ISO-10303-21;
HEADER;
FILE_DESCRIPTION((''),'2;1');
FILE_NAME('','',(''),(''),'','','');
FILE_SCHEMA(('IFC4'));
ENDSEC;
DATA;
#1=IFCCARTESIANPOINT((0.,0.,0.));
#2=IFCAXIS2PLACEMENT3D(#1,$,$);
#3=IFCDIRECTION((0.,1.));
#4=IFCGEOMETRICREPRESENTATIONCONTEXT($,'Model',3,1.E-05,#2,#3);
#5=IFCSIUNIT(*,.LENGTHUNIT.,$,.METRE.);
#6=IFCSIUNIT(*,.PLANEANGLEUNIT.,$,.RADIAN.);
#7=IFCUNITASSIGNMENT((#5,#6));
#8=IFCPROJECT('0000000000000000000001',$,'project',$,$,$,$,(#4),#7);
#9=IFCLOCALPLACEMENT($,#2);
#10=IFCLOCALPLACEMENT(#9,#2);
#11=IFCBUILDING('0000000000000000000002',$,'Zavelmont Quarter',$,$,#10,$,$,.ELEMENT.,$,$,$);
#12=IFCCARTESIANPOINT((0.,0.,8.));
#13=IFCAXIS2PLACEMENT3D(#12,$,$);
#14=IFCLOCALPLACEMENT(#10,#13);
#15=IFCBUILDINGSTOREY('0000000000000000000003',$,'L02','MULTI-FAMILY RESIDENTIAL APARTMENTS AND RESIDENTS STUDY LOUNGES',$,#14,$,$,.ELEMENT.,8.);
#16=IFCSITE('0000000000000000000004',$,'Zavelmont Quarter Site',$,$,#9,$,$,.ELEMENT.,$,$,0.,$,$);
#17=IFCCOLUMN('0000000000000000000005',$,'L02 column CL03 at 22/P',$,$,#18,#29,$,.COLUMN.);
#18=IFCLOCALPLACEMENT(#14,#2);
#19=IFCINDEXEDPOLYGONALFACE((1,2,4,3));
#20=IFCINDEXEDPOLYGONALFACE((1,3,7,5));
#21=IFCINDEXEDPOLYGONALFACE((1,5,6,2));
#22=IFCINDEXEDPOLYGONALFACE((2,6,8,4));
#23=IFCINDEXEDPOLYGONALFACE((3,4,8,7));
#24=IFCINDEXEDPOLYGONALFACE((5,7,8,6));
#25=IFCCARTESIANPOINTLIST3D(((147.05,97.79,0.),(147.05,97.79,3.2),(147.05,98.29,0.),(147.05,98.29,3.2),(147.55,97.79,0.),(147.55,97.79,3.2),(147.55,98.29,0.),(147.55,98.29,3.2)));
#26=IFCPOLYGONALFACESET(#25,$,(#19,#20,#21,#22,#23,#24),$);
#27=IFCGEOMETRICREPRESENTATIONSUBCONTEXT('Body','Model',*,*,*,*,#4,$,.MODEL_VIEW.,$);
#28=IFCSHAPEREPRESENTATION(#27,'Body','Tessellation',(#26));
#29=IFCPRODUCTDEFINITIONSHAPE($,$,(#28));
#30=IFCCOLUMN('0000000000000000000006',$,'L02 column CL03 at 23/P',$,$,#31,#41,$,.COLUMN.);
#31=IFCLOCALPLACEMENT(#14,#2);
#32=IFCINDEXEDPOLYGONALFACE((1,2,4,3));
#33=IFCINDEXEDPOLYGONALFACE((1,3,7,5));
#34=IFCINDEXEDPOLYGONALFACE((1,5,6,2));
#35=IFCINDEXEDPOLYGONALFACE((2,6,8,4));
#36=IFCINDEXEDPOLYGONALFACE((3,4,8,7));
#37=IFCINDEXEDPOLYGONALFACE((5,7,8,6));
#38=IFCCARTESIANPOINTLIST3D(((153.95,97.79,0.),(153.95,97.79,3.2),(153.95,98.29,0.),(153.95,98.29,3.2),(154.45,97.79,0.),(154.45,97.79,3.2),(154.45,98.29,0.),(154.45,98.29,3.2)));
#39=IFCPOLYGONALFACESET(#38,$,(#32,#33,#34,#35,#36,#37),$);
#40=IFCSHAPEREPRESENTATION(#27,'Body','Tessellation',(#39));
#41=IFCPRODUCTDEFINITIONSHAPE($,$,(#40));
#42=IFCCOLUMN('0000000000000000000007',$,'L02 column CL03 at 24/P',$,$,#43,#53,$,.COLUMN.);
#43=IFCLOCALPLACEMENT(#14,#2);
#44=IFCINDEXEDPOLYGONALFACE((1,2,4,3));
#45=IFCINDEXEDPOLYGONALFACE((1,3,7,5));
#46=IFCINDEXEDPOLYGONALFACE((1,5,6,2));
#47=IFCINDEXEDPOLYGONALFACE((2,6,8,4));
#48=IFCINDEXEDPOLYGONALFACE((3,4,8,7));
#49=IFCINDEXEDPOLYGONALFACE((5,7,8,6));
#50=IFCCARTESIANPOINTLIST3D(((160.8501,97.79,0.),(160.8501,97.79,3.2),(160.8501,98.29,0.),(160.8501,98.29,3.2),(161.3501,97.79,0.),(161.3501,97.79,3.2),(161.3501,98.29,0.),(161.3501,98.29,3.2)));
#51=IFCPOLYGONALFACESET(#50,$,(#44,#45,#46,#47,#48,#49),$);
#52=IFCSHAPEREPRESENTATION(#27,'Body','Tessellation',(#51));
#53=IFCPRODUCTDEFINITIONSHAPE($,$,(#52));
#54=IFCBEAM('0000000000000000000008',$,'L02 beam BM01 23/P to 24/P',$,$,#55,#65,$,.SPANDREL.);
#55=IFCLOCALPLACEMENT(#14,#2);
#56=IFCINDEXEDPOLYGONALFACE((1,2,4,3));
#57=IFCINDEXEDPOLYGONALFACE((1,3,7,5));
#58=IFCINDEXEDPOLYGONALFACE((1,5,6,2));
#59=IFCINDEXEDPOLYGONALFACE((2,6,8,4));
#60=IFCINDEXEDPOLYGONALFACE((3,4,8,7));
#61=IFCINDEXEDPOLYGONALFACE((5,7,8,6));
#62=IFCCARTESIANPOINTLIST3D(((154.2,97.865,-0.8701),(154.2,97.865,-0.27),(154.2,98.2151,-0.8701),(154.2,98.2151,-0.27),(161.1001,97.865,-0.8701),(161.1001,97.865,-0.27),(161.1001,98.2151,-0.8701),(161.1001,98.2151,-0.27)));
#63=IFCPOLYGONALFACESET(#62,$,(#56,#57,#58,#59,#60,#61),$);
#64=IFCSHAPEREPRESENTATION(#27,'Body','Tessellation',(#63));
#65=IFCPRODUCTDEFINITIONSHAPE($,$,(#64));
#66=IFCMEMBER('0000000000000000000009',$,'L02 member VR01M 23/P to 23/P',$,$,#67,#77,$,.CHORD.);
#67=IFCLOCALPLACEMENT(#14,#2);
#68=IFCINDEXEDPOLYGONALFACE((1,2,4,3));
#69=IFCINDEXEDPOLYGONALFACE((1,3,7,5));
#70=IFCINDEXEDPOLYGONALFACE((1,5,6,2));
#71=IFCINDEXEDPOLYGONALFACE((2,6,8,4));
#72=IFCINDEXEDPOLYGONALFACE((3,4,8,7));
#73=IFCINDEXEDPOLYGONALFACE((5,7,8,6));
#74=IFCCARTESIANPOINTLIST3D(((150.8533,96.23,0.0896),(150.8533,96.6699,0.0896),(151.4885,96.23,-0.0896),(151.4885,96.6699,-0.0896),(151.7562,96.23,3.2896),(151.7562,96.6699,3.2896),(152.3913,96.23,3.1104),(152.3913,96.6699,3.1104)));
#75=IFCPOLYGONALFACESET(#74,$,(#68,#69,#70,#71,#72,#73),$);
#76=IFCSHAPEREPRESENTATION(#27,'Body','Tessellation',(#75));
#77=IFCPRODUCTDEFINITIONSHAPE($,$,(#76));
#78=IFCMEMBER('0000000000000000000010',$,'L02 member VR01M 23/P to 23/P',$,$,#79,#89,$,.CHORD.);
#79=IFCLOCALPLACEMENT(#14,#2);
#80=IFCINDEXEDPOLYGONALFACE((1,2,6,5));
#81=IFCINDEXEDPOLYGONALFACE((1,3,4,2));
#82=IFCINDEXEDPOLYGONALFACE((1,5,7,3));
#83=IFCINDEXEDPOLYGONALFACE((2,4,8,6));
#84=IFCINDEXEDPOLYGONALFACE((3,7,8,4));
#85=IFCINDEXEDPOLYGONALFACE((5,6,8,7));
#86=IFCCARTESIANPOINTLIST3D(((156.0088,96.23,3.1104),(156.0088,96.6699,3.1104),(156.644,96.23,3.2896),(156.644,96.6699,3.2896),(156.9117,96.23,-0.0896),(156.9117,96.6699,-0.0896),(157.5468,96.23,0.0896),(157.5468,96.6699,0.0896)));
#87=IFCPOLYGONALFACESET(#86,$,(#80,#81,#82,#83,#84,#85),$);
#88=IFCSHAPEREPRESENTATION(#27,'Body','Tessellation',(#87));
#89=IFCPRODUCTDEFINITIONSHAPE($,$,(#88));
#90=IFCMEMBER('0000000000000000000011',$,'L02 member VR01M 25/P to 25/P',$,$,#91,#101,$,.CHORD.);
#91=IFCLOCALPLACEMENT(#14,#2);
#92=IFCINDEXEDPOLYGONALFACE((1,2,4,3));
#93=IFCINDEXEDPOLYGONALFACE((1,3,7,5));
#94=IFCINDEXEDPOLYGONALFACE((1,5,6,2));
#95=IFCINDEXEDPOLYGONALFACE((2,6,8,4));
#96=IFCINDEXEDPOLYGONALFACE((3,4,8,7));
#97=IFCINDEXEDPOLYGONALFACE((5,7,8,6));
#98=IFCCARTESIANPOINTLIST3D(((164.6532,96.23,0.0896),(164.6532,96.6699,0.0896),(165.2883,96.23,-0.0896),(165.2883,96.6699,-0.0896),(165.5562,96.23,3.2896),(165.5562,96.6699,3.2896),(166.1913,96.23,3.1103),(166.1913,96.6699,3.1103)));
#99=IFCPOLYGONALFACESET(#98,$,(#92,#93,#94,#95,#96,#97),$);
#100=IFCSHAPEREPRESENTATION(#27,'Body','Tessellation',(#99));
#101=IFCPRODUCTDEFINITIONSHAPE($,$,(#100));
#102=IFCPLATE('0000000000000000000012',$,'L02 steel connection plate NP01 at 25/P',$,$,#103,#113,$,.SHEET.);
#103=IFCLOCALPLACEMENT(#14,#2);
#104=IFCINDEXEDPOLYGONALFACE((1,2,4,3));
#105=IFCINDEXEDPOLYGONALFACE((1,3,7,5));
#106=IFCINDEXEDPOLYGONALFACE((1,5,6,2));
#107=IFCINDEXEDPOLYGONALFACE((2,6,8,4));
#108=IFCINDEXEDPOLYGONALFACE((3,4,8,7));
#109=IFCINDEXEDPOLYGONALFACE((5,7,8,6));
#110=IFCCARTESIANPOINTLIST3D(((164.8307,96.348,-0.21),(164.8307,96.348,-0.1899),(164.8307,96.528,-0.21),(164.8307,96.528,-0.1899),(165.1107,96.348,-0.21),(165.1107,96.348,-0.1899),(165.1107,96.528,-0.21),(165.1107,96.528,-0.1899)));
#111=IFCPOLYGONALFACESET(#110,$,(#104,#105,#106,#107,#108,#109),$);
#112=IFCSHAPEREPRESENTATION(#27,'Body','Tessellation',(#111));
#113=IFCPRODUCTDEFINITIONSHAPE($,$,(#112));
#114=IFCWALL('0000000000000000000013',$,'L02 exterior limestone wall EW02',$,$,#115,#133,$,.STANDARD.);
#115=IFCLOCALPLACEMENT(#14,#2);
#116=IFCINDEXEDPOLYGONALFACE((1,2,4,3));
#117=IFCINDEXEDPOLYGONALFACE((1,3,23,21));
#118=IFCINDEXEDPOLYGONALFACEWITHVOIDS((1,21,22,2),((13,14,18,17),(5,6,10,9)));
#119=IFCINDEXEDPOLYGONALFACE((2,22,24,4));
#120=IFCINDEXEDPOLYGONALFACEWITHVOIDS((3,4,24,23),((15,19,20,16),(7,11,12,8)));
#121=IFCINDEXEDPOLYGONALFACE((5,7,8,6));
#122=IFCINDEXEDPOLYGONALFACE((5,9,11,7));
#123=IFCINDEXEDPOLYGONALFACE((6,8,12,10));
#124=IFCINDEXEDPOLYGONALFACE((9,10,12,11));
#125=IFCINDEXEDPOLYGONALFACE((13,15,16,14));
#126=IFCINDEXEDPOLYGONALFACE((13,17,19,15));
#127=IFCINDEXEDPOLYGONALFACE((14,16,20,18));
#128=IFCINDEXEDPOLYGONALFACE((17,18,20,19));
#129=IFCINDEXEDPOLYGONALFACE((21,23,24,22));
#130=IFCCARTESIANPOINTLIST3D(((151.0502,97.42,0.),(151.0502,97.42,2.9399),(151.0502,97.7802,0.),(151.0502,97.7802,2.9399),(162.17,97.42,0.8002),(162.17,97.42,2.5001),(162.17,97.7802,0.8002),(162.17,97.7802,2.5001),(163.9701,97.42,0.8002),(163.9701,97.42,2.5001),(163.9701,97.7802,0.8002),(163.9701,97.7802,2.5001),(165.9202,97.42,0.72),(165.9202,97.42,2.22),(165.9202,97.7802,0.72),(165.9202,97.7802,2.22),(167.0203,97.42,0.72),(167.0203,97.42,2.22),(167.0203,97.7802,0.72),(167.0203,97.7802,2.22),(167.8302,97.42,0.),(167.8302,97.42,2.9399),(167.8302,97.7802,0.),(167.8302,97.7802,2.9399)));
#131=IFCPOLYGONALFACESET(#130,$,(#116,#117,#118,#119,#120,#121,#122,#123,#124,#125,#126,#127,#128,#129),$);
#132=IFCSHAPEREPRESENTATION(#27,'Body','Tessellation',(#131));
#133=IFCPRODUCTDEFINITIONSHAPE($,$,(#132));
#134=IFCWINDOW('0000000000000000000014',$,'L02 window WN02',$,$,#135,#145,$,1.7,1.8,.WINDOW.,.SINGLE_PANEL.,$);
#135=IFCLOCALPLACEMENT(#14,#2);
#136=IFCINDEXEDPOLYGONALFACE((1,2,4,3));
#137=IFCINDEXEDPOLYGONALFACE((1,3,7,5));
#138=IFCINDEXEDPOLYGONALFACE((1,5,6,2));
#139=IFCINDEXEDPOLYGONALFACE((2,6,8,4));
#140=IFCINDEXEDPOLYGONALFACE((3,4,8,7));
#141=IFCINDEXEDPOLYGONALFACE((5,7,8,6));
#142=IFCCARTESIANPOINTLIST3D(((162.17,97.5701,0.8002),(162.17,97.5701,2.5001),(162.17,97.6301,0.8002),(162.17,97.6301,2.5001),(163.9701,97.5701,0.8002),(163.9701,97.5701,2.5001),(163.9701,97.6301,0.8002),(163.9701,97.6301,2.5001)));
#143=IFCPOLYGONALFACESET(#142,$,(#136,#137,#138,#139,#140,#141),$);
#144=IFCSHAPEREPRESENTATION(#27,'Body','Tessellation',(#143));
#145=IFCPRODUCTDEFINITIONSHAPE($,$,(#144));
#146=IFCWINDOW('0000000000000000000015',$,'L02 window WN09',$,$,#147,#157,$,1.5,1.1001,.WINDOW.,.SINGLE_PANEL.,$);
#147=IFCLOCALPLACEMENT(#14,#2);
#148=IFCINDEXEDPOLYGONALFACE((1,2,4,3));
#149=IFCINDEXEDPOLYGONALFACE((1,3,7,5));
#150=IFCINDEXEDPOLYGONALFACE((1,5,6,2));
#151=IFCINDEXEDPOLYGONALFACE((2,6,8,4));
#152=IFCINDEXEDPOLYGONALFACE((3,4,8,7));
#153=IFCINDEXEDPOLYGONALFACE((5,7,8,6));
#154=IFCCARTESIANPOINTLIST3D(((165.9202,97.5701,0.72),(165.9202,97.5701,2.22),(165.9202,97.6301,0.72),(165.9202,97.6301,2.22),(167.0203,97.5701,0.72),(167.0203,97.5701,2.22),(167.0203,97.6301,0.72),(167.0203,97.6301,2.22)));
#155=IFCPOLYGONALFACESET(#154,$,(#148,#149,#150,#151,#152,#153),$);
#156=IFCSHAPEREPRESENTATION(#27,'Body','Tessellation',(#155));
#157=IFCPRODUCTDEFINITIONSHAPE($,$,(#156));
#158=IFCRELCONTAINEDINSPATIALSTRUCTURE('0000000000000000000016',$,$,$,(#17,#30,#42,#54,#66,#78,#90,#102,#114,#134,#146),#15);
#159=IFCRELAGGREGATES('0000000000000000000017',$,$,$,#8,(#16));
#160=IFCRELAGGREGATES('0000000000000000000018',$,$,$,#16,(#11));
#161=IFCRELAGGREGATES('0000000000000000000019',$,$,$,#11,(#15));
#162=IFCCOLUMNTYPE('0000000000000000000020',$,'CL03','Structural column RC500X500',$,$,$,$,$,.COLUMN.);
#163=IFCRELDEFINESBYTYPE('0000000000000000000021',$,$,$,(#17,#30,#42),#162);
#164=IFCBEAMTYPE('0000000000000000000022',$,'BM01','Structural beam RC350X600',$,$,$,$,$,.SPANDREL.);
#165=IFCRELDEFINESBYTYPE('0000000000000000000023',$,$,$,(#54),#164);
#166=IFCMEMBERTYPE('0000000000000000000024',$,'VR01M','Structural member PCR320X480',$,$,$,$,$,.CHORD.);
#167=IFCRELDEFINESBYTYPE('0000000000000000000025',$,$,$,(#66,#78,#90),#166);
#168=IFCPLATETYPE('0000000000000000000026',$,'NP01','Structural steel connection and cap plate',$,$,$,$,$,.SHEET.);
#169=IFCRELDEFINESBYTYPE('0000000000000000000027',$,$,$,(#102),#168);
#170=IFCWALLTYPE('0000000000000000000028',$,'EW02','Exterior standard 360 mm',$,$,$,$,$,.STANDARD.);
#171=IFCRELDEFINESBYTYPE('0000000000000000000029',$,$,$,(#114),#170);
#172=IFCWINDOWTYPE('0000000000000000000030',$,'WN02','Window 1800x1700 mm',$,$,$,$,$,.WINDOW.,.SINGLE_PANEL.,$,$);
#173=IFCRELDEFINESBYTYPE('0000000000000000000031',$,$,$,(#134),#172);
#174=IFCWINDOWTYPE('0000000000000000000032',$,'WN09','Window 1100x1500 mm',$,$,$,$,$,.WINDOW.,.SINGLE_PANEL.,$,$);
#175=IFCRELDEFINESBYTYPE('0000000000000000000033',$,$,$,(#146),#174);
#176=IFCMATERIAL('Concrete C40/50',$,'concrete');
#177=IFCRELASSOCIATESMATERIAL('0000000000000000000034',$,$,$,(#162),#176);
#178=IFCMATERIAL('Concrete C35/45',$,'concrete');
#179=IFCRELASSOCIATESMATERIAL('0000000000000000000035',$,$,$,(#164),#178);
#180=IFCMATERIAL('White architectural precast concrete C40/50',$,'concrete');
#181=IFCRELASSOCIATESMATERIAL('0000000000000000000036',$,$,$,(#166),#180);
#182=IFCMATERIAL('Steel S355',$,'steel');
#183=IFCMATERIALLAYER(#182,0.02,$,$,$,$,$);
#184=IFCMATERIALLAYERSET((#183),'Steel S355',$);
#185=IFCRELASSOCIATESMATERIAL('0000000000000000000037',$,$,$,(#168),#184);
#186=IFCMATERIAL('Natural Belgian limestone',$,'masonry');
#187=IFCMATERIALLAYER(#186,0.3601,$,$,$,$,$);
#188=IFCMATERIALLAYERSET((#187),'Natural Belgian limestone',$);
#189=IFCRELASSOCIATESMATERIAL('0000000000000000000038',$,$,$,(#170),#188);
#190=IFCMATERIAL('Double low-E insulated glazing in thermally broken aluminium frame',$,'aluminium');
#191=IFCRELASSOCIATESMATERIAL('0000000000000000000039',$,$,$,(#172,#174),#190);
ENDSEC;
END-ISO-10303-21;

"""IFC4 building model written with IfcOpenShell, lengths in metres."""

from ifc_helpers import new_model, si_unit, direction, frame, frame_2d, origin, origin_with_axes, origin_2d, place, context, subcontext, project, spatial, rectangle, extrude, material, layer, layer_set, material_profile, profile_set, type_object, element, fill, save


model = new_model("IFC4")

# Units and contexts
model_context = context("Model", 3, precision=1e-05, world=origin(), true_north=direction((0.0, 1.0)))
body_context = subcontext(model_context, "Body", "Model", "MODEL_VIEW")
ifc_project = project(units=[si_unit("LENGTHUNIT", "METRE"), si_unit("PLANEANGLEUNIT", "RADIAN")], contexts=[model_context])

# Site, building, storey
site_placement = place(None, origin())
site = spatial("IfcSite", under=ifc_project, at=site_placement, Name="Zavelmont Quarter Site", CompositionType="ELEMENT", RefElevation=0.0)
building_placement = place(site_placement, origin())
building = spatial("IfcBuilding", under=site, at=building_placement, Name="Zavelmont Quarter", CompositionType="ELEMENT")
storey_placement = place(building_placement, frame((0.0, 0.0, 8.0)))
storey = spatial("IfcBuildingStorey", under=building, at=storey_placement, Name="L02", Description="MULTI-FAMILY RESIDENTIAL APARTMENTS AND RESIDENTS STUDY LOUNGES", CompositionType="ELEMENT", Elevation=8.0)

# Columns
ifc_material_1 = material(Name="Concrete C40/50", Category="concrete")
ifc_material_profile_1 = material_profile(ifc_material_1, rectangle(XDim=0.5, YDim=0.5, at=origin_2d()), Name="RC500X500")
ifc_profile_set_1 = profile_set([ifc_material_profile_1], Name="Concrete C40/50")
column_type = type_object("IfcColumnType", Name="CL03", Description="Structural column RC500X500", PredefinedType="COLUMN", material=ifc_profile_set_1)
for number, where, z_axis, x_axis, name in (
    (1, (147.3, 98.04, 0.0), (0.0, 0.0, 1.0), (1.0, 0.0, 0.0), "L02 column CL03 at 22/P"),
    (2, (154.2, 98.04, 0.0), (0.0, 0.0, 1.0), (1.0, 0.0, 0.0), "L02 column CL03 at 23/P"),
    (3, (161.1001, 98.04, 0.0), (0.0, 0.0, 1.0), (1.0, 0.0, 0.0), "L02 column CL03 at 24/P"),
):
    element("IfcColumn", number, at=place(storey_placement, frame(where, z_axis=z_axis, x_axis=x_axis)), inside=storey, type_object=column_type, Name=name, PredefinedType="COLUMN", context=body_context, shape_type="SweptSolid", body=[
        extrude(rectangle(XDim=0.5, YDim=0.5, at=origin_2d()), origin(), (0.0, 0.0, 1.0), 3.2),
    ])

# Beam
ifc_material_2 = material(Name="Concrete C35/45", Category="concrete")
ifc_material_profile_2 = material_profile(ifc_material_2, rectangle(XDim=0.3501, YDim=0.6001, at=origin_2d()), Name="RC350X600")
ifc_profile_set_2 = profile_set([ifc_material_profile_2], Name="Concrete C35/45")
beam_type = type_object("IfcBeamType", Name="BM01", Description="Structural beam RC350X600", PredefinedType="SPANDREL", material=ifc_profile_set_2)
beam_placement = place(storey_placement, frame((154.2, 98.04, -0.5701), z_axis=(1.0, 0.0, 0.0), x_axis=(0.0, 1.0, 0.0)))
element("IfcBeam", 4, at=beam_placement, inside=storey, type_object=beam_type, Name="L02 beam BM01 23/P to 24/P", PredefinedType="SPANDREL", context=body_context, shape_type="SweptSolid", body=[
    extrude(rectangle(XDim=0.3501, YDim=0.6001, at=origin_2d()), origin(), (0.0, 0.0, 1.0), 6.9001),
])

# Members
ifc_material_3 = material(Name="White architectural precast concrete C40/50", Category="concrete")
ifc_material_profile_3 = material_profile(ifc_material_3, rectangle(XDim=0.4399, YDim=0.6599, at=origin_2d()), Name="PCR320X480")
ifc_profile_set_3 = profile_set([ifc_material_profile_3], Name="White architectural precast concrete C40/50")
member_type = type_object("IfcMemberType", Name="VR01M", Description="Structural member PCR320X480", PredefinedType="CHORD", material=ifc_profile_set_3)
for number, where, z_axis, x_axis, name in (
    (5, (151.1709, 96.45, 0.0), (0.271539, 0.0, 0.962428), (0.0, 1.0, 0.0), "L02 member VR01M 23/P to 23/P"),
    (6, (157.2292, 96.45, 0.0), (-0.271539, 0.0, 0.962428), (0.0, -1.0, 0.0), "L02 member VR01M 23/P to 23/P"),
    (7, (164.9707, 96.45, 0.0), (0.271607, 0.0, 0.962408), (0.0, 1.0, 0.0), "L02 member VR01M 25/P to 25/P"),
):
    element("IfcMember", number, at=place(storey_placement, frame(where, z_axis=z_axis, x_axis=x_axis)), inside=storey, type_object=member_type, Name=name, PredefinedType="CHORD", context=body_context, shape_type="SweptSolid", body=[
        extrude(rectangle(XDim=0.4399, YDim=0.6599, at=origin_2d()), origin(), (0.0, 0.0, 1.0), 3.325),
    ])

# Plate
ifc_material_4 = material(Name="Steel S355", Category="steel")
ifc_layer_1 = layer(ifc_material_4, 0.02)
ifc_layer_set_1 = layer_set([ifc_layer_1], Name="Steel S355")
plate_type = type_object("IfcPlateType", Name="NP01", Description="Structural steel connection and cap plate", PredefinedType="SHEET", material=ifc_layer_set_1)
plate_placement = place(storey_placement, frame((164.9707, 96.438, -0.21), z_axis=(0.0, 0.0, 1.0), x_axis=(1.0, 0.0, 0.0)))
element("IfcPlate", 8, at=plate_placement, inside=storey, type_object=plate_type, Name="L02 steel connection plate NP01 at 25/P", PredefinedType="SHEET", context=body_context, shape_type="SweptSolid", body=[
    extrude(rectangle(XDim=0.28, YDim=0.1799, at=origin_2d()), origin(), (0.0, 0.0, 1.0), 0.02),
])

# Wall, openings, windows
ifc_material_5 = material(Name="Natural Belgian limestone", Category="masonry")
ifc_layer_2 = layer(ifc_material_5, 0.3601)
ifc_layer_set_2 = layer_set([ifc_layer_2], Name="Natural Belgian limestone")
wall_type_1 = type_object("IfcWallType", Name="EW02", Description="Exterior standard 360 mm", PredefinedType="STANDARD", material=ifc_layer_set_2)
wall_1_placement = place(storey_placement, frame((151.05, 97.6001, 0.0), z_axis=(0.0, 0.0, 1.0), x_axis=(1.0, 0.0, 0.0)))
wall_1 = element("IfcWall", 9, at=wall_1_placement, inside=storey, type_object=wall_type_1, Name="L02 exterior limestone wall EW02", PredefinedType="STANDARD", context=body_context, shape_type="SweptSolid", body=[
    extrude(rectangle(XDim=16.78, YDim=0.3601, at=frame_2d((8.3901, 0.0))), origin(), (0.0, 0.0, 1.0), 2.9399),
])
opening_1_placement = place(wall_1_placement, frame((11.1201, 0.0, 0.8)))
opening_1 = element("IfcOpeningElement", 10, at=opening_1_placement, cuts=wall_1, PredefinedType="OPENING", context=body_context, shape_type="SweptSolid", body=[
    extrude(rectangle(XDim=1.8, YDim=1.7, at=frame_2d((0.8999, 0.8501))), frame((0.0, 0.1919, 0.0), z_axis=(0.0, -1.0, 0.0), x_axis=(1.0, 0.0, 0.0)), (0.0, 0.0, 1.0), 0.384),
])
opening_2_placement = place(wall_1_placement, frame((14.8701, 0.0, 0.72)))
opening_2 = element("IfcOpeningElement", 11, at=opening_2_placement, cuts=wall_1, PredefinedType="OPENING", context=body_context, shape_type="SweptSolid", body=[
    extrude(rectangle(XDim=1.1001, YDim=1.5, at=frame_2d((0.55, 0.75))), frame((0.0, 0.1919, 0.0), z_axis=(0.0, -1.0, 0.0), x_axis=(1.0, 0.0, 0.0)), (0.0, 0.0, 1.0), 0.384),
])
ifc_material_6 = material(Name="Double low-E insulated glazing in thermally broken aluminium frame", Category="aluminium")
window_type_1 = type_object("IfcWindowType", Name="WN02", Description="Window 1800x1700 mm", PartitioningType="SINGLE_PANEL", PredefinedType="WINDOW", material=ifc_material_6)
window_1_placement = place(opening_1_placement, origin_with_axes())
window_1 = element("IfcWindow", 12, at=window_1_placement, inside=storey, type_object=window_type_1, Name="L02 window WN02", OverallHeight=1.7, OverallWidth=1.8, PartitioningType="SINGLE_PANEL", PredefinedType="WINDOW", context=body_context, shape_type="SweptSolid", body=[
    extrude(rectangle(XDim=1.8, YDim=1.7, at=frame_2d((0.8999, 0.8501))), frame((0.0, 0.03, 0.0), z_axis=(0.0, -1.0, 0.0), x_axis=(1.0, 0.0, 0.0)), (0.0, 0.0, 1.0), 0.0601),
])
fill(opening_1, window_1)
window_type_2 = type_object("IfcWindowType", Name="WN09", Description="Window 1100x1500 mm", PartitioningType="SINGLE_PANEL", PredefinedType="WINDOW", material=ifc_material_6)
window_2_placement = place(opening_2_placement, origin_with_axes())
window_2 = element("IfcWindow", 13, at=window_2_placement, inside=storey, type_object=window_type_2, Name="L02 window WN09", OverallHeight=1.5, OverallWidth=1.1001, PartitioningType="SINGLE_PANEL", PredefinedType="WINDOW", context=body_context, shape_type="SweptSolid", body=[
    extrude(rectangle(XDim=1.1001, YDim=1.5, at=frame_2d((0.55, 0.75))), frame((0.0, 0.03, 0.0), z_axis=(0.0, -1.0, 0.0), x_axis=(1.0, 0.0, 0.0)), (0.0, 0.0, 1.0), 0.0601),
])
fill(opening_2, window_2)

save(model, "model.ifc")
